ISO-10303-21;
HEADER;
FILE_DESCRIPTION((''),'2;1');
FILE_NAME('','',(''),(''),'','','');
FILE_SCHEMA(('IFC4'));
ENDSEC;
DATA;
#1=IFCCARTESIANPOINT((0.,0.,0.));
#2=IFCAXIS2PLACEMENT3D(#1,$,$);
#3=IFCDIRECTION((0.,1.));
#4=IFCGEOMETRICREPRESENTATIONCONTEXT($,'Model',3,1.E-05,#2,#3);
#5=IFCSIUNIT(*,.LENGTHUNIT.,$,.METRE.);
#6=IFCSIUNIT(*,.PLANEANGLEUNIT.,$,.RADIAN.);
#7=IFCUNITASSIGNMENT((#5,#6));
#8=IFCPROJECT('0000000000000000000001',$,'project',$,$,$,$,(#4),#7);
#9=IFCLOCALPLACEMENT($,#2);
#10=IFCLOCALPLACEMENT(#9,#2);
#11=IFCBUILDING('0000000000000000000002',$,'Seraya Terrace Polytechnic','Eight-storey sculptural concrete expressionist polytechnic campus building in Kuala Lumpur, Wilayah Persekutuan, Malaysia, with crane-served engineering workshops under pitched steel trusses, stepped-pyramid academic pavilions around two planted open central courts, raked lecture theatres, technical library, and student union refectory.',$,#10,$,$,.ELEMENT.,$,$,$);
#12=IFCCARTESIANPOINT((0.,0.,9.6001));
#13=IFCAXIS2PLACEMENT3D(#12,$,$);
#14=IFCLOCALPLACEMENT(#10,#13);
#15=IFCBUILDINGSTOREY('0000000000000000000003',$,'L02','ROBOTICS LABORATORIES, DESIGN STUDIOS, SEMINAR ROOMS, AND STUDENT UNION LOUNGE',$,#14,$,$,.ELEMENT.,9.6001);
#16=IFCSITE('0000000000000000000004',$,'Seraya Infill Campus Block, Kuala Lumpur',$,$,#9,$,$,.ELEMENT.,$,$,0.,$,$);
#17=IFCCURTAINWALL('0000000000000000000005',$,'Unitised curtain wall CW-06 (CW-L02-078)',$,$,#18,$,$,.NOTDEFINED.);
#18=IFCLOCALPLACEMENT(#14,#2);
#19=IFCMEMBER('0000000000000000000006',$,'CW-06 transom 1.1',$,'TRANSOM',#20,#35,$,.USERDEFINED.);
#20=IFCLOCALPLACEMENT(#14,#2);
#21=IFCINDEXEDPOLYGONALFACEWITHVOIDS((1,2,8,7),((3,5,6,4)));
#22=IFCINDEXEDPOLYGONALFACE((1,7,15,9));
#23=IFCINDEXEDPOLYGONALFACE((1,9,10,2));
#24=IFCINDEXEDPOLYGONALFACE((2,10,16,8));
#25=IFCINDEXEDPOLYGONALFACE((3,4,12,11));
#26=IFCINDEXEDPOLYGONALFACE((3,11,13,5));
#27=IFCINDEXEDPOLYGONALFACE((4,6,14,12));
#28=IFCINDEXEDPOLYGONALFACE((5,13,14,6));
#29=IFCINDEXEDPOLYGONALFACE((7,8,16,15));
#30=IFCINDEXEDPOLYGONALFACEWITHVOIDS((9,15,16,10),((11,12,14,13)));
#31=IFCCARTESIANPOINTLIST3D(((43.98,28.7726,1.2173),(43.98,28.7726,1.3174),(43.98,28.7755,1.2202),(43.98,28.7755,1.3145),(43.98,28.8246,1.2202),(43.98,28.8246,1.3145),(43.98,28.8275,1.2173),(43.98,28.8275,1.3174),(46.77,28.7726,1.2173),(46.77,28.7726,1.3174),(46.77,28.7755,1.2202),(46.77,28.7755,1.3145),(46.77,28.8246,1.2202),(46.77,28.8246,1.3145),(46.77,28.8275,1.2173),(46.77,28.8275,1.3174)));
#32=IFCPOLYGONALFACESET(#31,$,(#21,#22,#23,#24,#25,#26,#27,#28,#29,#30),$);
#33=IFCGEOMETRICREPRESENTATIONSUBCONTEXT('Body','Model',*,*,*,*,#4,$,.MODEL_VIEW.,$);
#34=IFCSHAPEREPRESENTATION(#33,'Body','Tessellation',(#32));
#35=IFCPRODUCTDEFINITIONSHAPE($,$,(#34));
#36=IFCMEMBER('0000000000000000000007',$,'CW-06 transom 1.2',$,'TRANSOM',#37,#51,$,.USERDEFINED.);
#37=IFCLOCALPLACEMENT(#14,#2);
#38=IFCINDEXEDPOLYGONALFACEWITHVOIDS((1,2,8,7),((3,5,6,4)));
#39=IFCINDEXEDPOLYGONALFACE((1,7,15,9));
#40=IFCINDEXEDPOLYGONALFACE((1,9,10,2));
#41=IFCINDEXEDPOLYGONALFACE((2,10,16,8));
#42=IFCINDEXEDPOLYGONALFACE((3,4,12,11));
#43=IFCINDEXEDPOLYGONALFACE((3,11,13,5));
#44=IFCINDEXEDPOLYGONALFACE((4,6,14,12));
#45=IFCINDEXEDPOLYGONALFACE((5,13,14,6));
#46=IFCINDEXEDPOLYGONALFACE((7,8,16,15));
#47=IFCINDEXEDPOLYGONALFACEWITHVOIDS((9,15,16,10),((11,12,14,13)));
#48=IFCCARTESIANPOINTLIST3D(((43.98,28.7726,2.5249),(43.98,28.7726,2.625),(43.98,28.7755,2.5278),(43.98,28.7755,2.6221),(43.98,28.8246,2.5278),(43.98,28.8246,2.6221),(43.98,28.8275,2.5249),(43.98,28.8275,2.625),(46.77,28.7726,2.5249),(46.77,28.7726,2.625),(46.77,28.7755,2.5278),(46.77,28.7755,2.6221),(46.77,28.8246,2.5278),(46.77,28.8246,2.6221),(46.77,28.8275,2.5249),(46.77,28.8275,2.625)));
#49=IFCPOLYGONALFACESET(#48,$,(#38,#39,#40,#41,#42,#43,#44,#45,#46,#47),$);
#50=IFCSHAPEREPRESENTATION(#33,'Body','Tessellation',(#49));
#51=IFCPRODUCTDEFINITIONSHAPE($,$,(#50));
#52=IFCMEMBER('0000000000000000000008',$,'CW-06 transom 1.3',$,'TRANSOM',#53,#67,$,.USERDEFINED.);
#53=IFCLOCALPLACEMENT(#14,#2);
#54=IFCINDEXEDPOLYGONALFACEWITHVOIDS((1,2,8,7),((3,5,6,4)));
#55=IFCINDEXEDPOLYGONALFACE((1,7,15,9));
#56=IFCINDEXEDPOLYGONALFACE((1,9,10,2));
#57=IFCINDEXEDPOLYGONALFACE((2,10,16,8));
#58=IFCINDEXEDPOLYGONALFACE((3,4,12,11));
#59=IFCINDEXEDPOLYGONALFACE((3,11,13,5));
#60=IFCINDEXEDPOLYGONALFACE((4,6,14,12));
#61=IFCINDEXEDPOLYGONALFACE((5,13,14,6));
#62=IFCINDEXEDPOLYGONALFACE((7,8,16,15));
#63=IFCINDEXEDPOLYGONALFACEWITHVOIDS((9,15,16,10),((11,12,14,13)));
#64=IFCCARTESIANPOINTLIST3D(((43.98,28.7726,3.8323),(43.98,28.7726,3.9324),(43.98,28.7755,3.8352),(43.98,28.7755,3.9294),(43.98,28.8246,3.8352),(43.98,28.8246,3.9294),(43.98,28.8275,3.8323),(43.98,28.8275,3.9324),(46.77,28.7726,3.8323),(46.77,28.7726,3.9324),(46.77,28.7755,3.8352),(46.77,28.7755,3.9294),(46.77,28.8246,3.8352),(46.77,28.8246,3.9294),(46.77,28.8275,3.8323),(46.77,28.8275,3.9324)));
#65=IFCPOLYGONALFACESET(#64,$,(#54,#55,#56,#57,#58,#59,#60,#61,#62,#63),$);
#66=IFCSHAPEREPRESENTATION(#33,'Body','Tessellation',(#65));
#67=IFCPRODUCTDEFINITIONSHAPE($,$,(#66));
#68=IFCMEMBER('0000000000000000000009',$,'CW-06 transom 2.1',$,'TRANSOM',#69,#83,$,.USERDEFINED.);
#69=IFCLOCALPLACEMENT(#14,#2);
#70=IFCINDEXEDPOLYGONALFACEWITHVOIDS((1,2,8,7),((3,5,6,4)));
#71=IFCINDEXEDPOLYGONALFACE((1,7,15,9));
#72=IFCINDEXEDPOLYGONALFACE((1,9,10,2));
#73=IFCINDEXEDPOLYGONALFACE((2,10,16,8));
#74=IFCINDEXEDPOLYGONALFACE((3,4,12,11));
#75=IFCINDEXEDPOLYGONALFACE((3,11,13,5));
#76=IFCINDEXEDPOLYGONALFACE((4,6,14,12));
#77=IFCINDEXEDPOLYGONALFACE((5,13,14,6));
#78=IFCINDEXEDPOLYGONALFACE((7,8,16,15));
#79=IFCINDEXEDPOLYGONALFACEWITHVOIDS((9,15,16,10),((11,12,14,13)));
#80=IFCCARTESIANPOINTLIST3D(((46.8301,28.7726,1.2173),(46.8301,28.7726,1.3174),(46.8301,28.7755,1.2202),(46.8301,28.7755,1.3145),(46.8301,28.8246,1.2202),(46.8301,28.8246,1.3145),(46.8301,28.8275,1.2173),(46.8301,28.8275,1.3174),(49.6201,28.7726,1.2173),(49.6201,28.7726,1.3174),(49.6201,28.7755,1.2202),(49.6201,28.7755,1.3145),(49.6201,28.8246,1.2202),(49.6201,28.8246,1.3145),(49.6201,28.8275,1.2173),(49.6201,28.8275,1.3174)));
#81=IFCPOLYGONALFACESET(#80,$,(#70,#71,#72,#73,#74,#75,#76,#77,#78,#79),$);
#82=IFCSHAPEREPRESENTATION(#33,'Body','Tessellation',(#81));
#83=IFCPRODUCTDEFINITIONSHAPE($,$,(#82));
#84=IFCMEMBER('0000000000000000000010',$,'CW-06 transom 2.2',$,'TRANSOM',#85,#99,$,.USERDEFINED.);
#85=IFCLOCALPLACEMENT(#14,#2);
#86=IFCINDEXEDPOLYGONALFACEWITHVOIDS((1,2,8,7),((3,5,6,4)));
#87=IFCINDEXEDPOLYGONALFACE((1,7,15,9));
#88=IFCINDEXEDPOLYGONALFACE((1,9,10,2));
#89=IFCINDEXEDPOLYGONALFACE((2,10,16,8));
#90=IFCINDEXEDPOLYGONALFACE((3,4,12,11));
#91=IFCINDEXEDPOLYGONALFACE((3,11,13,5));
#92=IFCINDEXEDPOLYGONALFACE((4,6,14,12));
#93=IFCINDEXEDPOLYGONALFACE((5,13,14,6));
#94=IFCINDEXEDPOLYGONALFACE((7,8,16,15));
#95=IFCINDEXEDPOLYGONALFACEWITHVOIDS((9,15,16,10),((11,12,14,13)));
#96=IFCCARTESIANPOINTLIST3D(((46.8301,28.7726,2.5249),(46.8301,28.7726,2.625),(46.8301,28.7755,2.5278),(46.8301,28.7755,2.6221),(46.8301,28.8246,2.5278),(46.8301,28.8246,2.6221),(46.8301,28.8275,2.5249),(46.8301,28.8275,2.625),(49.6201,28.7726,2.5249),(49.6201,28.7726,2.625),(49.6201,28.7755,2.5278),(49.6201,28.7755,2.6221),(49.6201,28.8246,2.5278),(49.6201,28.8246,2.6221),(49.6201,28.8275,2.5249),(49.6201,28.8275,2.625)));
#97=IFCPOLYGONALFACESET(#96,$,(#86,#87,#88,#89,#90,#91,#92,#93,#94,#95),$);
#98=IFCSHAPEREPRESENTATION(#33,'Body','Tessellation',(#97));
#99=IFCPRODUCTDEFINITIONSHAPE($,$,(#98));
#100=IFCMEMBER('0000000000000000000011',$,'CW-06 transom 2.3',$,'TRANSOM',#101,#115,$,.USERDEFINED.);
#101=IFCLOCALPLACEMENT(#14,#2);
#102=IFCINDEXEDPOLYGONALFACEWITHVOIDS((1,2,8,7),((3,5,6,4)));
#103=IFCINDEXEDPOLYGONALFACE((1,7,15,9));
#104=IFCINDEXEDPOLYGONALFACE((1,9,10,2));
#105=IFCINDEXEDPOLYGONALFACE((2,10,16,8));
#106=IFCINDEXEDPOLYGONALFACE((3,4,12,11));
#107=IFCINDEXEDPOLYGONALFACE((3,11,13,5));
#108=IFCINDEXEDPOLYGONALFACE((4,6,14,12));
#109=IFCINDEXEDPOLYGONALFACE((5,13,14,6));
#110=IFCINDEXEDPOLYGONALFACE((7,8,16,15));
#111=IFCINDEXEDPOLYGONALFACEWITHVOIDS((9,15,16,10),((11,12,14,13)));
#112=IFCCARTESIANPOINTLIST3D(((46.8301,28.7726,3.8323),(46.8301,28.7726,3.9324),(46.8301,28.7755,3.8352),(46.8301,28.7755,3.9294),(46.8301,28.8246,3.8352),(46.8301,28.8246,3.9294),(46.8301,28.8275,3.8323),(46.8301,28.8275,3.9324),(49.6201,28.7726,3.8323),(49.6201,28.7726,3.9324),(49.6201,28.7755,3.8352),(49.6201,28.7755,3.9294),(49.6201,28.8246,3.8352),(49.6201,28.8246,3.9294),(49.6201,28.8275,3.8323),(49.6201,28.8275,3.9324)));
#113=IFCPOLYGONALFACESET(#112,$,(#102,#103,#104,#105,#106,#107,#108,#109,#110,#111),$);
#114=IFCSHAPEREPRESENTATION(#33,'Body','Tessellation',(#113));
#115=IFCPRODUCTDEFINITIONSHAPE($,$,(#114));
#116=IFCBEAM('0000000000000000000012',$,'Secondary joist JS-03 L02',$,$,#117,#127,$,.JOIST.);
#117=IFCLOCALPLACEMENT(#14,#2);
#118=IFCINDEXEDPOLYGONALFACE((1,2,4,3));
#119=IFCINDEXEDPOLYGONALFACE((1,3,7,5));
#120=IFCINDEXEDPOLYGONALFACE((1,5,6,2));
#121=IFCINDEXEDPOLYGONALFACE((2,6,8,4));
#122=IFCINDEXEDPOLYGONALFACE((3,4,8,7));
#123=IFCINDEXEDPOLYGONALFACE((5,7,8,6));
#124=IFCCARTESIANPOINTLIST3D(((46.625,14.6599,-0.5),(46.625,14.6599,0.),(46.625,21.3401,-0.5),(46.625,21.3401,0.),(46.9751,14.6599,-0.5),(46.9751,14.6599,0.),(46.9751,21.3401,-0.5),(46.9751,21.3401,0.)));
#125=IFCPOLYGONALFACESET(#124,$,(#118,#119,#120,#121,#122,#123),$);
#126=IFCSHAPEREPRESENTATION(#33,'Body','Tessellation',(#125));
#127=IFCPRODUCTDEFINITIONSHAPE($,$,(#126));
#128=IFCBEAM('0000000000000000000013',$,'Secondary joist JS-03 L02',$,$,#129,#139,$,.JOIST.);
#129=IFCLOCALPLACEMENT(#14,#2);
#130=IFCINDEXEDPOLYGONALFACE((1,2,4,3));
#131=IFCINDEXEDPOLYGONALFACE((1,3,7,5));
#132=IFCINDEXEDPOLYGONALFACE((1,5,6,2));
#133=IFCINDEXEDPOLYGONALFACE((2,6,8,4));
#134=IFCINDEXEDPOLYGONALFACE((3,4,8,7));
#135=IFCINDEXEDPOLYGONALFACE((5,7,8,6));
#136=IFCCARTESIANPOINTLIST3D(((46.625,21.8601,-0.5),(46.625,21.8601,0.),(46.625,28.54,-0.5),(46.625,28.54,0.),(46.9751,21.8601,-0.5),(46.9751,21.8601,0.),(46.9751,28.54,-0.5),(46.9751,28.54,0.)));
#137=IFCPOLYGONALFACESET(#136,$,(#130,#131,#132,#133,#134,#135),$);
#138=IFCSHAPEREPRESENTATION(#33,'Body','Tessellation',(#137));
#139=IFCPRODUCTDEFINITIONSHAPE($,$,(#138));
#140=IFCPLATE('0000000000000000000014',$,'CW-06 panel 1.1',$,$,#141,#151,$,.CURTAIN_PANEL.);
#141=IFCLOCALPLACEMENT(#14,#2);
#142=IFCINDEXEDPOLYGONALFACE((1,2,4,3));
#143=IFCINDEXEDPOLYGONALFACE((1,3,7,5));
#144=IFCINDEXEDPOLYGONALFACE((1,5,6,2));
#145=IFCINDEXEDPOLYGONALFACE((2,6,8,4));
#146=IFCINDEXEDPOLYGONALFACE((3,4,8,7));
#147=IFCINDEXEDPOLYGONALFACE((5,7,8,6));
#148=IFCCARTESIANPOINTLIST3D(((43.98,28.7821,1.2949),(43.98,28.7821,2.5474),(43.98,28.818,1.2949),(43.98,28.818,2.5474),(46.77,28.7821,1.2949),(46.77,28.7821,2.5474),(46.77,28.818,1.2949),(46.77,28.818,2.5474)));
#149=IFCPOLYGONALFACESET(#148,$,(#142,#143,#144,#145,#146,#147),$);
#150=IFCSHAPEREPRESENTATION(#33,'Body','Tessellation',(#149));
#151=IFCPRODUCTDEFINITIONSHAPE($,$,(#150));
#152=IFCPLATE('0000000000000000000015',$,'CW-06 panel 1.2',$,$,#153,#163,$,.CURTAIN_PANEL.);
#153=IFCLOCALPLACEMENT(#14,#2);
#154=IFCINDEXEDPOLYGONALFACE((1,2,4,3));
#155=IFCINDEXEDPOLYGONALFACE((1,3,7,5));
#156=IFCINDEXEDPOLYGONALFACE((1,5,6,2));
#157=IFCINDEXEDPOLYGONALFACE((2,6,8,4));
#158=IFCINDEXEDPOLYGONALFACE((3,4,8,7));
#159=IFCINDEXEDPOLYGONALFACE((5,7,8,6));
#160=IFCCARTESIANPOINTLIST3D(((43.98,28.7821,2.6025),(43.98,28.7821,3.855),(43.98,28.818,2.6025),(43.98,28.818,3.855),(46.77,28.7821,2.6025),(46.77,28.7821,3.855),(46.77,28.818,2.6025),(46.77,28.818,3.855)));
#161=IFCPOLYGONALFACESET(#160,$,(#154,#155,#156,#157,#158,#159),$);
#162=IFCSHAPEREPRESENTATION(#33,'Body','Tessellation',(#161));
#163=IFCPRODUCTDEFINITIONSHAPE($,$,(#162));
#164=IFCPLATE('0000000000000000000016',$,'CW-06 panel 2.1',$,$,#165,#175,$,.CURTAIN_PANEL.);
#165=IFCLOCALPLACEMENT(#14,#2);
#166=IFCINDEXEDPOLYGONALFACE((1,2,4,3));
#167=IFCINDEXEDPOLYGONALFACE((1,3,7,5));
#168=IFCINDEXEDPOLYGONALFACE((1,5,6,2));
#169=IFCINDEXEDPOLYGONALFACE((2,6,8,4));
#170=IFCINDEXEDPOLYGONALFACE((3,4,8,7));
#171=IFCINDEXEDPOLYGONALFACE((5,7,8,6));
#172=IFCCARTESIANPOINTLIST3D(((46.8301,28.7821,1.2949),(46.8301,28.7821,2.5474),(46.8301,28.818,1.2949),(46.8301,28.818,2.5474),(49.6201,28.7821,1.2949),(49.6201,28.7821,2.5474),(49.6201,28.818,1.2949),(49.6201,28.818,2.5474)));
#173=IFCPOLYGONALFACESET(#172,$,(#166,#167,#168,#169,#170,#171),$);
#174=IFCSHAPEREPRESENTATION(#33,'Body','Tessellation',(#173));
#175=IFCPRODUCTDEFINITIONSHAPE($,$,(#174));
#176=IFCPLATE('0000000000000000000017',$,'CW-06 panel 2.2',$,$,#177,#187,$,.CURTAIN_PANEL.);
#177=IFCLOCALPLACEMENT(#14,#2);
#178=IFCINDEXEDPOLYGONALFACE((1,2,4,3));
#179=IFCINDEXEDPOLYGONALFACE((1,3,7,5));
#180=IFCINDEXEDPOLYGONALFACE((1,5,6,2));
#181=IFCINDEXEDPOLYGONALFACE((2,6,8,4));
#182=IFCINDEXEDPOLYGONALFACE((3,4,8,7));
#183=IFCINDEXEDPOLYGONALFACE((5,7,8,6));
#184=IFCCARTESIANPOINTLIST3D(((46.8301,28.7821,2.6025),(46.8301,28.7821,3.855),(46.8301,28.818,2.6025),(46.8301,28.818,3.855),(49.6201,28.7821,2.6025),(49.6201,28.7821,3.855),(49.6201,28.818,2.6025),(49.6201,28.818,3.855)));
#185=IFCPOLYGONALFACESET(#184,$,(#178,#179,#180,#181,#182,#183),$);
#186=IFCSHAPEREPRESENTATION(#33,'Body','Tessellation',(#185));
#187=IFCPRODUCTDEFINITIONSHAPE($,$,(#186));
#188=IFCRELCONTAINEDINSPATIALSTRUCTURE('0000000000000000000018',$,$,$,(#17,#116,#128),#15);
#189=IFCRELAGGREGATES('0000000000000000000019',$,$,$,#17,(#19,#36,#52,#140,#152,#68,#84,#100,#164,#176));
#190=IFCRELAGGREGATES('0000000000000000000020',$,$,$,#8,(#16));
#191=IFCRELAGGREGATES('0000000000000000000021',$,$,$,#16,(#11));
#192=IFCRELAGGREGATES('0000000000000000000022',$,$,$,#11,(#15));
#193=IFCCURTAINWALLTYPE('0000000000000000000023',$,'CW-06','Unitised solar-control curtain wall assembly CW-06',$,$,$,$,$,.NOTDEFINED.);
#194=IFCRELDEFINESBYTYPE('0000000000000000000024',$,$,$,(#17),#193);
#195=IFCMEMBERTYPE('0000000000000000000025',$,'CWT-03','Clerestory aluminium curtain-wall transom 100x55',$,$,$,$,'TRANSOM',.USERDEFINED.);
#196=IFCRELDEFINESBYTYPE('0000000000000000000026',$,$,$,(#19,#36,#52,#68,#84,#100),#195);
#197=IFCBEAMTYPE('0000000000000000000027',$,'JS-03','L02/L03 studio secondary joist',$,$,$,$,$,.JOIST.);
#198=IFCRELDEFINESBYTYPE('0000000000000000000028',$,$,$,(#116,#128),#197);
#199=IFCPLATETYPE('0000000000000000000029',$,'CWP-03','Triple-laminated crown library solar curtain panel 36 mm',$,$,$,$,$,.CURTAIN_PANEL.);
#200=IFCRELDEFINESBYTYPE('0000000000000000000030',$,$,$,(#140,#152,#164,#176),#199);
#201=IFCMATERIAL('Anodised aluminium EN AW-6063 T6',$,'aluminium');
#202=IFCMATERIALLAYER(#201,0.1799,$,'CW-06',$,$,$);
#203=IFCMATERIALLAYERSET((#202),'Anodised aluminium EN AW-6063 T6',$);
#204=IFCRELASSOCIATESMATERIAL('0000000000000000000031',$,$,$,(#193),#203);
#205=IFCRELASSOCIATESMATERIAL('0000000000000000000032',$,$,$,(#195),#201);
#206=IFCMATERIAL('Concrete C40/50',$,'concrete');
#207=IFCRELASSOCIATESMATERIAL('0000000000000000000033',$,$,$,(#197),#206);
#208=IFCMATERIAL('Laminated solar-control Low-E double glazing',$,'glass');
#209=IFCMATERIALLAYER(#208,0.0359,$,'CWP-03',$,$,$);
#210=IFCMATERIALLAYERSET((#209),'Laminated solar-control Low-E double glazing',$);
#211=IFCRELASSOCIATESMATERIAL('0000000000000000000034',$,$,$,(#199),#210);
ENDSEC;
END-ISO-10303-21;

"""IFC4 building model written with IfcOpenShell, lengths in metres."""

from ifc_helpers import new_model, si_unit, direction, frame, origin, origin_2d, place, context, subcontext, project, spatial, rectangle, hollow_rectangle, extrude, material, layer, layer_set, material_profile, profile_set, type_object, element, aggregate, save


model = new_model("IFC4")

# Units and contexts
model_context = context("Model", 3, precision=1e-05, world=origin(), true_north=direction((0.0, 1.0)))
body_context = subcontext(model_context, "Body", "Model", "MODEL_VIEW")
ifc_project = project(units=[si_unit("LENGTHUNIT", "METRE"), si_unit("PLANEANGLEUNIT", "RADIAN")], contexts=[model_context])

# Site, building, storey
site_placement = place(None, origin())
site = spatial("IfcSite", under=ifc_project, at=site_placement, Name="Seraya Infill Campus Block, Kuala Lumpur", CompositionType="ELEMENT", RefElevation=0.0)
building_placement = place(site_placement, origin())
building = spatial("IfcBuilding", under=site, at=building_placement, Name="Seraya Terrace Polytechnic", Description="Eight-storey sculptural concrete expressionist polytechnic campus building in Kuala Lumpur, Wilayah Persekutuan, Malaysia, with crane-served engineering workshops under pitched steel trusses, stepped-pyramid academic pavilions around two planted open central courts, raked lecture theatres, technical library, and student union refectory.", CompositionType="ELEMENT")
storey_placement = place(building_placement, frame((0.0, 0.0, 9.6001)))
storey = spatial("IfcBuildingStorey", under=building, at=storey_placement, Name="L02", Description="ROBOTICS LABORATORIES, DESIGN STUDIOS, SEMINAR ROOMS, AND STUDENT UNION LOUNGE", CompositionType="ELEMENT", Elevation=9.6001)

# Shared definitions
ifc_material_1 = material(Name="Concrete C40/50", Category="concrete")

# Curtain wall, members
ifc_material_2 = material(Name="Anodised aluminium EN AW-6063 T6", Category="aluminium")
ifc_layer_1 = layer(ifc_material_2, 0.1799, Name="CW-06")
ifc_layer_set_1 = layer_set([ifc_layer_1], Name="Anodised aluminium EN AW-6063 T6")
curtain_wall_type = type_object("IfcCurtainWallType", Name="CW-06", Description="Unitised solar-control curtain wall assembly CW-06", PredefinedType="NOTDEFINED", material=ifc_layer_set_1)
curtain_wall_placement = place(storey_placement, origin())
curtain_wall = element("IfcCurtainWall", 1, at=curtain_wall_placement, inside=storey, type_object=curtain_wall_type, Name="Unitised curtain wall CW-06 (CW-L02-078)", PredefinedType="NOTDEFINED")
ifc_material_profile_1 = material_profile(ifc_material_2, hollow_rectangle(XDim=0.0549, YDim=0.1001, WallThickness=0.0029, at=origin_2d()), Name="RHS 100x55x3.0")
ifc_profile_set_1 = profile_set([ifc_material_profile_1], Name="Anodised aluminium EN AW-6063 T6")
member_type_1 = type_object("IfcMemberType", Name="CWT-03", Description="Clerestory aluminium curtain-wall transom 100x55", ElementType="TRANSOM", PredefinedType="USERDEFINED", material=ifc_profile_set_1)
member_1_placement = place(storey_placement, frame((43.98, 28.8, 1.2673), z_axis=(1.0, 0.0, 0.0), x_axis=(0.0, 1.0, 0.0)))
member_1 = element("IfcMember", 2, at=member_1_placement, type_object=member_type_1, Name="CW-06 transom 1.1", ObjectType="TRANSOM", PredefinedType="USERDEFINED", context=body_context, shape_type="SweptSolid", body=[
    extrude(hollow_rectangle(XDim=0.0549, YDim=0.1001, WallThickness=0.0029, at=origin_2d()), origin(), (0.0, 0.0, 1.0), 2.79),
])
member_2_placement = place(storey_placement, frame((43.98, 28.8, 2.575), z_axis=(1.0, 0.0, 0.0), x_axis=(0.0, 1.0, 0.0)))
member_2 = element("IfcMember", 3, at=member_2_placement, type_object=member_type_1, Name="CW-06 transom 1.2", ObjectType="TRANSOM", PredefinedType="USERDEFINED", context=body_context, shape_type="SweptSolid", body=[
    extrude(hollow_rectangle(XDim=0.0549, YDim=0.1001, WallThickness=0.0029, at=origin_2d()), origin(), (0.0, 0.0, 1.0), 2.79),
])
member_3_placement = place(storey_placement, frame((43.98, 28.8, 3.8823), z_axis=(1.0, 0.0, 0.0), x_axis=(0.0, 1.0, 0.0)))
member_3 = element("IfcMember", 4, at=member_3_placement, type_object=member_type_1, Name="CW-06 transom 1.3", ObjectType="TRANSOM", PredefinedType="USERDEFINED", context=body_context, shape_type="SweptSolid", body=[
    extrude(hollow_rectangle(XDim=0.0549, YDim=0.1001, WallThickness=0.0029, at=origin_2d()), origin(), (0.0, 0.0, 1.0), 2.79),
])
member_4_placement = place(storey_placement, frame((46.8301, 28.8, 1.2673), z_axis=(1.0, 0.0, 0.0), x_axis=(0.0, 1.0, 0.0)))
member_4 = element("IfcMember", 5, at=member_4_placement, type_object=member_type_1, Name="CW-06 transom 2.1", ObjectType="TRANSOM", PredefinedType="USERDEFINED", context=body_context, shape_type="SweptSolid", body=[
    extrude(hollow_rectangle(XDim=0.0549, YDim=0.1001, WallThickness=0.0029, at=origin_2d()), origin(), (0.0, 0.0, 1.0), 2.79),
])
member_5_placement = place(storey_placement, frame((46.8301, 28.8, 2.575), z_axis=(1.0, 0.0, 0.0), x_axis=(0.0, 1.0, 0.0)))
member_5 = element("IfcMember", 6, at=member_5_placement, type_object=member_type_1, Name="CW-06 transom 2.2", ObjectType="TRANSOM", PredefinedType="USERDEFINED", context=body_context, shape_type="SweptSolid", body=[
    extrude(hollow_rectangle(XDim=0.0549, YDim=0.1001, WallThickness=0.0029, at=origin_2d()), origin(), (0.0, 0.0, 1.0), 2.79),
])
member_6_placement = place(storey_placement, frame((46.8301, 28.8, 3.8823), z_axis=(1.0, 0.0, 0.0), x_axis=(0.0, 1.0, 0.0)))
member_6 = element("IfcMember", 7, at=member_6_placement, type_object=member_type_1, Name="CW-06 transom 2.3", ObjectType="TRANSOM", PredefinedType="USERDEFINED", context=body_context, shape_type="SweptSolid", body=[
    extrude(hollow_rectangle(XDim=0.0549, YDim=0.1001, WallThickness=0.0029, at=origin_2d()), origin(), (0.0, 0.0, 1.0), 2.79),
])

# Beams
ifc_material_profile_2 = material_profile(ifc_material_1, rectangle(XDim=0.3501, YDim=0.5, at=origin_2d()), Name="RC 350x500")
ifc_profile_set_2 = profile_set([ifc_material_profile_2], Name="Concrete C40/50")
beam_type_1 = type_object("IfcBeamType", Name="JS-03", Description="L02/L03 studio secondary joist", PredefinedType="JOIST", material=ifc_profile_set_2)
beam_1_placement = place(storey_placement, frame((46.8, 14.6599, -0.25), z_axis=(0.0, 1.0, 0.0), x_axis=(-1.0, 0.0, 0.0)))
element("IfcBeam", 8, at=beam_1_placement, inside=storey, type_object=beam_type_1, Name="Secondary joist JS-03 L02", PredefinedType="JOIST", context=body_context, shape_type="SweptSolid", body=[
    extrude(rectangle(XDim=0.3501, YDim=0.5, at=origin_2d()), origin(), (0.0, 0.0, 1.0), 6.6802),
])
beam_2_placement = place(storey_placement, frame((46.8, 21.8601, -0.25), z_axis=(0.0, 1.0, 0.0), x_axis=(-1.0, 0.0, 0.0)))
element("IfcBeam", 9, at=beam_2_placement, inside=storey, type_object=beam_type_1, Name="Secondary joist JS-03 L02", PredefinedType="JOIST", context=body_context, shape_type="SweptSolid", body=[
    extrude(rectangle(XDim=0.3501, YDim=0.5, at=origin_2d()), origin(), (0.0, 0.0, 1.0), 6.6799),
])

# Plates
ifc_material_3 = material(Name="Laminated solar-control Low-E double glazing", Category="glass")
ifc_layer_2 = layer(ifc_material_3, 0.0359, Name="CWP-03")
ifc_layer_set_2 = layer_set([ifc_layer_2], Name="Laminated solar-control Low-E double glazing")
plate_type = type_object("IfcPlateType", Name="CWP-03", Description="Triple-laminated crown library solar curtain panel 36 mm", PredefinedType="CURTAIN_PANEL", material=ifc_layer_set_2)
plate_1_placement = place(storey_placement, frame((45.375, 28.8, 1.2949), z_axis=(0.0, 0.0, 1.0), x_axis=(1.0, 0.0, 0.0)))
plate_1 = element("IfcPlate", 10, at=plate_1_placement, type_object=plate_type, Name="CW-06 panel 1.1", PredefinedType="CURTAIN_PANEL", context=body_context, shape_type="SweptSolid", body=[
    extrude(rectangle(XDim=2.79, YDim=0.0359, at=origin_2d()), origin(), (0.0, 0.0, 1.0), 1.2524),
])
plate_2_placement = place(storey_placement, frame((45.375, 28.8, 2.6025), z_axis=(0.0, 0.0, 1.0), x_axis=(1.0, 0.0, 0.0)))
plate_2 = element("IfcPlate", 11, at=plate_2_placement, type_object=plate_type, Name="CW-06 panel 1.2", PredefinedType="CURTAIN_PANEL", context=body_context, shape_type="SweptSolid", body=[
    extrude(rectangle(XDim=2.79, YDim=0.0359, at=origin_2d()), origin(), (0.0, 0.0, 1.0), 1.2524),
])
plate_3_placement = place(storey_placement, frame((48.2251, 28.8, 1.2949), z_axis=(0.0, 0.0, 1.0), x_axis=(1.0, 0.0, 0.0)))
plate_3 = element("IfcPlate", 12, at=plate_3_placement, type_object=plate_type, Name="CW-06 panel 2.1", PredefinedType="CURTAIN_PANEL", context=body_context, shape_type="SweptSolid", body=[
    extrude(rectangle(XDim=2.79, YDim=0.0359, at=origin_2d()), origin(), (0.0, 0.0, 1.0), 1.2524),
])
plate_4_placement = place(storey_placement, frame((48.2251, 28.8, 2.6025), z_axis=(0.0, 0.0, 1.0), x_axis=(1.0, 0.0, 0.0)))
plate_4 = element("IfcPlate", 13, at=plate_4_placement, type_object=plate_type, Name="CW-06 panel 2.2", PredefinedType="CURTAIN_PANEL", context=body_context, shape_type="SweptSolid", body=[
    extrude(rectangle(XDim=2.79, YDim=0.0359, at=origin_2d()), origin(), (0.0, 0.0, 1.0), 1.2524),
])
aggregate(curtain_wall, [member_1, member_2, member_3, plate_1, plate_2, member_4, member_5, member_6, plate_3, plate_4])

save(model, "model.ifc")
